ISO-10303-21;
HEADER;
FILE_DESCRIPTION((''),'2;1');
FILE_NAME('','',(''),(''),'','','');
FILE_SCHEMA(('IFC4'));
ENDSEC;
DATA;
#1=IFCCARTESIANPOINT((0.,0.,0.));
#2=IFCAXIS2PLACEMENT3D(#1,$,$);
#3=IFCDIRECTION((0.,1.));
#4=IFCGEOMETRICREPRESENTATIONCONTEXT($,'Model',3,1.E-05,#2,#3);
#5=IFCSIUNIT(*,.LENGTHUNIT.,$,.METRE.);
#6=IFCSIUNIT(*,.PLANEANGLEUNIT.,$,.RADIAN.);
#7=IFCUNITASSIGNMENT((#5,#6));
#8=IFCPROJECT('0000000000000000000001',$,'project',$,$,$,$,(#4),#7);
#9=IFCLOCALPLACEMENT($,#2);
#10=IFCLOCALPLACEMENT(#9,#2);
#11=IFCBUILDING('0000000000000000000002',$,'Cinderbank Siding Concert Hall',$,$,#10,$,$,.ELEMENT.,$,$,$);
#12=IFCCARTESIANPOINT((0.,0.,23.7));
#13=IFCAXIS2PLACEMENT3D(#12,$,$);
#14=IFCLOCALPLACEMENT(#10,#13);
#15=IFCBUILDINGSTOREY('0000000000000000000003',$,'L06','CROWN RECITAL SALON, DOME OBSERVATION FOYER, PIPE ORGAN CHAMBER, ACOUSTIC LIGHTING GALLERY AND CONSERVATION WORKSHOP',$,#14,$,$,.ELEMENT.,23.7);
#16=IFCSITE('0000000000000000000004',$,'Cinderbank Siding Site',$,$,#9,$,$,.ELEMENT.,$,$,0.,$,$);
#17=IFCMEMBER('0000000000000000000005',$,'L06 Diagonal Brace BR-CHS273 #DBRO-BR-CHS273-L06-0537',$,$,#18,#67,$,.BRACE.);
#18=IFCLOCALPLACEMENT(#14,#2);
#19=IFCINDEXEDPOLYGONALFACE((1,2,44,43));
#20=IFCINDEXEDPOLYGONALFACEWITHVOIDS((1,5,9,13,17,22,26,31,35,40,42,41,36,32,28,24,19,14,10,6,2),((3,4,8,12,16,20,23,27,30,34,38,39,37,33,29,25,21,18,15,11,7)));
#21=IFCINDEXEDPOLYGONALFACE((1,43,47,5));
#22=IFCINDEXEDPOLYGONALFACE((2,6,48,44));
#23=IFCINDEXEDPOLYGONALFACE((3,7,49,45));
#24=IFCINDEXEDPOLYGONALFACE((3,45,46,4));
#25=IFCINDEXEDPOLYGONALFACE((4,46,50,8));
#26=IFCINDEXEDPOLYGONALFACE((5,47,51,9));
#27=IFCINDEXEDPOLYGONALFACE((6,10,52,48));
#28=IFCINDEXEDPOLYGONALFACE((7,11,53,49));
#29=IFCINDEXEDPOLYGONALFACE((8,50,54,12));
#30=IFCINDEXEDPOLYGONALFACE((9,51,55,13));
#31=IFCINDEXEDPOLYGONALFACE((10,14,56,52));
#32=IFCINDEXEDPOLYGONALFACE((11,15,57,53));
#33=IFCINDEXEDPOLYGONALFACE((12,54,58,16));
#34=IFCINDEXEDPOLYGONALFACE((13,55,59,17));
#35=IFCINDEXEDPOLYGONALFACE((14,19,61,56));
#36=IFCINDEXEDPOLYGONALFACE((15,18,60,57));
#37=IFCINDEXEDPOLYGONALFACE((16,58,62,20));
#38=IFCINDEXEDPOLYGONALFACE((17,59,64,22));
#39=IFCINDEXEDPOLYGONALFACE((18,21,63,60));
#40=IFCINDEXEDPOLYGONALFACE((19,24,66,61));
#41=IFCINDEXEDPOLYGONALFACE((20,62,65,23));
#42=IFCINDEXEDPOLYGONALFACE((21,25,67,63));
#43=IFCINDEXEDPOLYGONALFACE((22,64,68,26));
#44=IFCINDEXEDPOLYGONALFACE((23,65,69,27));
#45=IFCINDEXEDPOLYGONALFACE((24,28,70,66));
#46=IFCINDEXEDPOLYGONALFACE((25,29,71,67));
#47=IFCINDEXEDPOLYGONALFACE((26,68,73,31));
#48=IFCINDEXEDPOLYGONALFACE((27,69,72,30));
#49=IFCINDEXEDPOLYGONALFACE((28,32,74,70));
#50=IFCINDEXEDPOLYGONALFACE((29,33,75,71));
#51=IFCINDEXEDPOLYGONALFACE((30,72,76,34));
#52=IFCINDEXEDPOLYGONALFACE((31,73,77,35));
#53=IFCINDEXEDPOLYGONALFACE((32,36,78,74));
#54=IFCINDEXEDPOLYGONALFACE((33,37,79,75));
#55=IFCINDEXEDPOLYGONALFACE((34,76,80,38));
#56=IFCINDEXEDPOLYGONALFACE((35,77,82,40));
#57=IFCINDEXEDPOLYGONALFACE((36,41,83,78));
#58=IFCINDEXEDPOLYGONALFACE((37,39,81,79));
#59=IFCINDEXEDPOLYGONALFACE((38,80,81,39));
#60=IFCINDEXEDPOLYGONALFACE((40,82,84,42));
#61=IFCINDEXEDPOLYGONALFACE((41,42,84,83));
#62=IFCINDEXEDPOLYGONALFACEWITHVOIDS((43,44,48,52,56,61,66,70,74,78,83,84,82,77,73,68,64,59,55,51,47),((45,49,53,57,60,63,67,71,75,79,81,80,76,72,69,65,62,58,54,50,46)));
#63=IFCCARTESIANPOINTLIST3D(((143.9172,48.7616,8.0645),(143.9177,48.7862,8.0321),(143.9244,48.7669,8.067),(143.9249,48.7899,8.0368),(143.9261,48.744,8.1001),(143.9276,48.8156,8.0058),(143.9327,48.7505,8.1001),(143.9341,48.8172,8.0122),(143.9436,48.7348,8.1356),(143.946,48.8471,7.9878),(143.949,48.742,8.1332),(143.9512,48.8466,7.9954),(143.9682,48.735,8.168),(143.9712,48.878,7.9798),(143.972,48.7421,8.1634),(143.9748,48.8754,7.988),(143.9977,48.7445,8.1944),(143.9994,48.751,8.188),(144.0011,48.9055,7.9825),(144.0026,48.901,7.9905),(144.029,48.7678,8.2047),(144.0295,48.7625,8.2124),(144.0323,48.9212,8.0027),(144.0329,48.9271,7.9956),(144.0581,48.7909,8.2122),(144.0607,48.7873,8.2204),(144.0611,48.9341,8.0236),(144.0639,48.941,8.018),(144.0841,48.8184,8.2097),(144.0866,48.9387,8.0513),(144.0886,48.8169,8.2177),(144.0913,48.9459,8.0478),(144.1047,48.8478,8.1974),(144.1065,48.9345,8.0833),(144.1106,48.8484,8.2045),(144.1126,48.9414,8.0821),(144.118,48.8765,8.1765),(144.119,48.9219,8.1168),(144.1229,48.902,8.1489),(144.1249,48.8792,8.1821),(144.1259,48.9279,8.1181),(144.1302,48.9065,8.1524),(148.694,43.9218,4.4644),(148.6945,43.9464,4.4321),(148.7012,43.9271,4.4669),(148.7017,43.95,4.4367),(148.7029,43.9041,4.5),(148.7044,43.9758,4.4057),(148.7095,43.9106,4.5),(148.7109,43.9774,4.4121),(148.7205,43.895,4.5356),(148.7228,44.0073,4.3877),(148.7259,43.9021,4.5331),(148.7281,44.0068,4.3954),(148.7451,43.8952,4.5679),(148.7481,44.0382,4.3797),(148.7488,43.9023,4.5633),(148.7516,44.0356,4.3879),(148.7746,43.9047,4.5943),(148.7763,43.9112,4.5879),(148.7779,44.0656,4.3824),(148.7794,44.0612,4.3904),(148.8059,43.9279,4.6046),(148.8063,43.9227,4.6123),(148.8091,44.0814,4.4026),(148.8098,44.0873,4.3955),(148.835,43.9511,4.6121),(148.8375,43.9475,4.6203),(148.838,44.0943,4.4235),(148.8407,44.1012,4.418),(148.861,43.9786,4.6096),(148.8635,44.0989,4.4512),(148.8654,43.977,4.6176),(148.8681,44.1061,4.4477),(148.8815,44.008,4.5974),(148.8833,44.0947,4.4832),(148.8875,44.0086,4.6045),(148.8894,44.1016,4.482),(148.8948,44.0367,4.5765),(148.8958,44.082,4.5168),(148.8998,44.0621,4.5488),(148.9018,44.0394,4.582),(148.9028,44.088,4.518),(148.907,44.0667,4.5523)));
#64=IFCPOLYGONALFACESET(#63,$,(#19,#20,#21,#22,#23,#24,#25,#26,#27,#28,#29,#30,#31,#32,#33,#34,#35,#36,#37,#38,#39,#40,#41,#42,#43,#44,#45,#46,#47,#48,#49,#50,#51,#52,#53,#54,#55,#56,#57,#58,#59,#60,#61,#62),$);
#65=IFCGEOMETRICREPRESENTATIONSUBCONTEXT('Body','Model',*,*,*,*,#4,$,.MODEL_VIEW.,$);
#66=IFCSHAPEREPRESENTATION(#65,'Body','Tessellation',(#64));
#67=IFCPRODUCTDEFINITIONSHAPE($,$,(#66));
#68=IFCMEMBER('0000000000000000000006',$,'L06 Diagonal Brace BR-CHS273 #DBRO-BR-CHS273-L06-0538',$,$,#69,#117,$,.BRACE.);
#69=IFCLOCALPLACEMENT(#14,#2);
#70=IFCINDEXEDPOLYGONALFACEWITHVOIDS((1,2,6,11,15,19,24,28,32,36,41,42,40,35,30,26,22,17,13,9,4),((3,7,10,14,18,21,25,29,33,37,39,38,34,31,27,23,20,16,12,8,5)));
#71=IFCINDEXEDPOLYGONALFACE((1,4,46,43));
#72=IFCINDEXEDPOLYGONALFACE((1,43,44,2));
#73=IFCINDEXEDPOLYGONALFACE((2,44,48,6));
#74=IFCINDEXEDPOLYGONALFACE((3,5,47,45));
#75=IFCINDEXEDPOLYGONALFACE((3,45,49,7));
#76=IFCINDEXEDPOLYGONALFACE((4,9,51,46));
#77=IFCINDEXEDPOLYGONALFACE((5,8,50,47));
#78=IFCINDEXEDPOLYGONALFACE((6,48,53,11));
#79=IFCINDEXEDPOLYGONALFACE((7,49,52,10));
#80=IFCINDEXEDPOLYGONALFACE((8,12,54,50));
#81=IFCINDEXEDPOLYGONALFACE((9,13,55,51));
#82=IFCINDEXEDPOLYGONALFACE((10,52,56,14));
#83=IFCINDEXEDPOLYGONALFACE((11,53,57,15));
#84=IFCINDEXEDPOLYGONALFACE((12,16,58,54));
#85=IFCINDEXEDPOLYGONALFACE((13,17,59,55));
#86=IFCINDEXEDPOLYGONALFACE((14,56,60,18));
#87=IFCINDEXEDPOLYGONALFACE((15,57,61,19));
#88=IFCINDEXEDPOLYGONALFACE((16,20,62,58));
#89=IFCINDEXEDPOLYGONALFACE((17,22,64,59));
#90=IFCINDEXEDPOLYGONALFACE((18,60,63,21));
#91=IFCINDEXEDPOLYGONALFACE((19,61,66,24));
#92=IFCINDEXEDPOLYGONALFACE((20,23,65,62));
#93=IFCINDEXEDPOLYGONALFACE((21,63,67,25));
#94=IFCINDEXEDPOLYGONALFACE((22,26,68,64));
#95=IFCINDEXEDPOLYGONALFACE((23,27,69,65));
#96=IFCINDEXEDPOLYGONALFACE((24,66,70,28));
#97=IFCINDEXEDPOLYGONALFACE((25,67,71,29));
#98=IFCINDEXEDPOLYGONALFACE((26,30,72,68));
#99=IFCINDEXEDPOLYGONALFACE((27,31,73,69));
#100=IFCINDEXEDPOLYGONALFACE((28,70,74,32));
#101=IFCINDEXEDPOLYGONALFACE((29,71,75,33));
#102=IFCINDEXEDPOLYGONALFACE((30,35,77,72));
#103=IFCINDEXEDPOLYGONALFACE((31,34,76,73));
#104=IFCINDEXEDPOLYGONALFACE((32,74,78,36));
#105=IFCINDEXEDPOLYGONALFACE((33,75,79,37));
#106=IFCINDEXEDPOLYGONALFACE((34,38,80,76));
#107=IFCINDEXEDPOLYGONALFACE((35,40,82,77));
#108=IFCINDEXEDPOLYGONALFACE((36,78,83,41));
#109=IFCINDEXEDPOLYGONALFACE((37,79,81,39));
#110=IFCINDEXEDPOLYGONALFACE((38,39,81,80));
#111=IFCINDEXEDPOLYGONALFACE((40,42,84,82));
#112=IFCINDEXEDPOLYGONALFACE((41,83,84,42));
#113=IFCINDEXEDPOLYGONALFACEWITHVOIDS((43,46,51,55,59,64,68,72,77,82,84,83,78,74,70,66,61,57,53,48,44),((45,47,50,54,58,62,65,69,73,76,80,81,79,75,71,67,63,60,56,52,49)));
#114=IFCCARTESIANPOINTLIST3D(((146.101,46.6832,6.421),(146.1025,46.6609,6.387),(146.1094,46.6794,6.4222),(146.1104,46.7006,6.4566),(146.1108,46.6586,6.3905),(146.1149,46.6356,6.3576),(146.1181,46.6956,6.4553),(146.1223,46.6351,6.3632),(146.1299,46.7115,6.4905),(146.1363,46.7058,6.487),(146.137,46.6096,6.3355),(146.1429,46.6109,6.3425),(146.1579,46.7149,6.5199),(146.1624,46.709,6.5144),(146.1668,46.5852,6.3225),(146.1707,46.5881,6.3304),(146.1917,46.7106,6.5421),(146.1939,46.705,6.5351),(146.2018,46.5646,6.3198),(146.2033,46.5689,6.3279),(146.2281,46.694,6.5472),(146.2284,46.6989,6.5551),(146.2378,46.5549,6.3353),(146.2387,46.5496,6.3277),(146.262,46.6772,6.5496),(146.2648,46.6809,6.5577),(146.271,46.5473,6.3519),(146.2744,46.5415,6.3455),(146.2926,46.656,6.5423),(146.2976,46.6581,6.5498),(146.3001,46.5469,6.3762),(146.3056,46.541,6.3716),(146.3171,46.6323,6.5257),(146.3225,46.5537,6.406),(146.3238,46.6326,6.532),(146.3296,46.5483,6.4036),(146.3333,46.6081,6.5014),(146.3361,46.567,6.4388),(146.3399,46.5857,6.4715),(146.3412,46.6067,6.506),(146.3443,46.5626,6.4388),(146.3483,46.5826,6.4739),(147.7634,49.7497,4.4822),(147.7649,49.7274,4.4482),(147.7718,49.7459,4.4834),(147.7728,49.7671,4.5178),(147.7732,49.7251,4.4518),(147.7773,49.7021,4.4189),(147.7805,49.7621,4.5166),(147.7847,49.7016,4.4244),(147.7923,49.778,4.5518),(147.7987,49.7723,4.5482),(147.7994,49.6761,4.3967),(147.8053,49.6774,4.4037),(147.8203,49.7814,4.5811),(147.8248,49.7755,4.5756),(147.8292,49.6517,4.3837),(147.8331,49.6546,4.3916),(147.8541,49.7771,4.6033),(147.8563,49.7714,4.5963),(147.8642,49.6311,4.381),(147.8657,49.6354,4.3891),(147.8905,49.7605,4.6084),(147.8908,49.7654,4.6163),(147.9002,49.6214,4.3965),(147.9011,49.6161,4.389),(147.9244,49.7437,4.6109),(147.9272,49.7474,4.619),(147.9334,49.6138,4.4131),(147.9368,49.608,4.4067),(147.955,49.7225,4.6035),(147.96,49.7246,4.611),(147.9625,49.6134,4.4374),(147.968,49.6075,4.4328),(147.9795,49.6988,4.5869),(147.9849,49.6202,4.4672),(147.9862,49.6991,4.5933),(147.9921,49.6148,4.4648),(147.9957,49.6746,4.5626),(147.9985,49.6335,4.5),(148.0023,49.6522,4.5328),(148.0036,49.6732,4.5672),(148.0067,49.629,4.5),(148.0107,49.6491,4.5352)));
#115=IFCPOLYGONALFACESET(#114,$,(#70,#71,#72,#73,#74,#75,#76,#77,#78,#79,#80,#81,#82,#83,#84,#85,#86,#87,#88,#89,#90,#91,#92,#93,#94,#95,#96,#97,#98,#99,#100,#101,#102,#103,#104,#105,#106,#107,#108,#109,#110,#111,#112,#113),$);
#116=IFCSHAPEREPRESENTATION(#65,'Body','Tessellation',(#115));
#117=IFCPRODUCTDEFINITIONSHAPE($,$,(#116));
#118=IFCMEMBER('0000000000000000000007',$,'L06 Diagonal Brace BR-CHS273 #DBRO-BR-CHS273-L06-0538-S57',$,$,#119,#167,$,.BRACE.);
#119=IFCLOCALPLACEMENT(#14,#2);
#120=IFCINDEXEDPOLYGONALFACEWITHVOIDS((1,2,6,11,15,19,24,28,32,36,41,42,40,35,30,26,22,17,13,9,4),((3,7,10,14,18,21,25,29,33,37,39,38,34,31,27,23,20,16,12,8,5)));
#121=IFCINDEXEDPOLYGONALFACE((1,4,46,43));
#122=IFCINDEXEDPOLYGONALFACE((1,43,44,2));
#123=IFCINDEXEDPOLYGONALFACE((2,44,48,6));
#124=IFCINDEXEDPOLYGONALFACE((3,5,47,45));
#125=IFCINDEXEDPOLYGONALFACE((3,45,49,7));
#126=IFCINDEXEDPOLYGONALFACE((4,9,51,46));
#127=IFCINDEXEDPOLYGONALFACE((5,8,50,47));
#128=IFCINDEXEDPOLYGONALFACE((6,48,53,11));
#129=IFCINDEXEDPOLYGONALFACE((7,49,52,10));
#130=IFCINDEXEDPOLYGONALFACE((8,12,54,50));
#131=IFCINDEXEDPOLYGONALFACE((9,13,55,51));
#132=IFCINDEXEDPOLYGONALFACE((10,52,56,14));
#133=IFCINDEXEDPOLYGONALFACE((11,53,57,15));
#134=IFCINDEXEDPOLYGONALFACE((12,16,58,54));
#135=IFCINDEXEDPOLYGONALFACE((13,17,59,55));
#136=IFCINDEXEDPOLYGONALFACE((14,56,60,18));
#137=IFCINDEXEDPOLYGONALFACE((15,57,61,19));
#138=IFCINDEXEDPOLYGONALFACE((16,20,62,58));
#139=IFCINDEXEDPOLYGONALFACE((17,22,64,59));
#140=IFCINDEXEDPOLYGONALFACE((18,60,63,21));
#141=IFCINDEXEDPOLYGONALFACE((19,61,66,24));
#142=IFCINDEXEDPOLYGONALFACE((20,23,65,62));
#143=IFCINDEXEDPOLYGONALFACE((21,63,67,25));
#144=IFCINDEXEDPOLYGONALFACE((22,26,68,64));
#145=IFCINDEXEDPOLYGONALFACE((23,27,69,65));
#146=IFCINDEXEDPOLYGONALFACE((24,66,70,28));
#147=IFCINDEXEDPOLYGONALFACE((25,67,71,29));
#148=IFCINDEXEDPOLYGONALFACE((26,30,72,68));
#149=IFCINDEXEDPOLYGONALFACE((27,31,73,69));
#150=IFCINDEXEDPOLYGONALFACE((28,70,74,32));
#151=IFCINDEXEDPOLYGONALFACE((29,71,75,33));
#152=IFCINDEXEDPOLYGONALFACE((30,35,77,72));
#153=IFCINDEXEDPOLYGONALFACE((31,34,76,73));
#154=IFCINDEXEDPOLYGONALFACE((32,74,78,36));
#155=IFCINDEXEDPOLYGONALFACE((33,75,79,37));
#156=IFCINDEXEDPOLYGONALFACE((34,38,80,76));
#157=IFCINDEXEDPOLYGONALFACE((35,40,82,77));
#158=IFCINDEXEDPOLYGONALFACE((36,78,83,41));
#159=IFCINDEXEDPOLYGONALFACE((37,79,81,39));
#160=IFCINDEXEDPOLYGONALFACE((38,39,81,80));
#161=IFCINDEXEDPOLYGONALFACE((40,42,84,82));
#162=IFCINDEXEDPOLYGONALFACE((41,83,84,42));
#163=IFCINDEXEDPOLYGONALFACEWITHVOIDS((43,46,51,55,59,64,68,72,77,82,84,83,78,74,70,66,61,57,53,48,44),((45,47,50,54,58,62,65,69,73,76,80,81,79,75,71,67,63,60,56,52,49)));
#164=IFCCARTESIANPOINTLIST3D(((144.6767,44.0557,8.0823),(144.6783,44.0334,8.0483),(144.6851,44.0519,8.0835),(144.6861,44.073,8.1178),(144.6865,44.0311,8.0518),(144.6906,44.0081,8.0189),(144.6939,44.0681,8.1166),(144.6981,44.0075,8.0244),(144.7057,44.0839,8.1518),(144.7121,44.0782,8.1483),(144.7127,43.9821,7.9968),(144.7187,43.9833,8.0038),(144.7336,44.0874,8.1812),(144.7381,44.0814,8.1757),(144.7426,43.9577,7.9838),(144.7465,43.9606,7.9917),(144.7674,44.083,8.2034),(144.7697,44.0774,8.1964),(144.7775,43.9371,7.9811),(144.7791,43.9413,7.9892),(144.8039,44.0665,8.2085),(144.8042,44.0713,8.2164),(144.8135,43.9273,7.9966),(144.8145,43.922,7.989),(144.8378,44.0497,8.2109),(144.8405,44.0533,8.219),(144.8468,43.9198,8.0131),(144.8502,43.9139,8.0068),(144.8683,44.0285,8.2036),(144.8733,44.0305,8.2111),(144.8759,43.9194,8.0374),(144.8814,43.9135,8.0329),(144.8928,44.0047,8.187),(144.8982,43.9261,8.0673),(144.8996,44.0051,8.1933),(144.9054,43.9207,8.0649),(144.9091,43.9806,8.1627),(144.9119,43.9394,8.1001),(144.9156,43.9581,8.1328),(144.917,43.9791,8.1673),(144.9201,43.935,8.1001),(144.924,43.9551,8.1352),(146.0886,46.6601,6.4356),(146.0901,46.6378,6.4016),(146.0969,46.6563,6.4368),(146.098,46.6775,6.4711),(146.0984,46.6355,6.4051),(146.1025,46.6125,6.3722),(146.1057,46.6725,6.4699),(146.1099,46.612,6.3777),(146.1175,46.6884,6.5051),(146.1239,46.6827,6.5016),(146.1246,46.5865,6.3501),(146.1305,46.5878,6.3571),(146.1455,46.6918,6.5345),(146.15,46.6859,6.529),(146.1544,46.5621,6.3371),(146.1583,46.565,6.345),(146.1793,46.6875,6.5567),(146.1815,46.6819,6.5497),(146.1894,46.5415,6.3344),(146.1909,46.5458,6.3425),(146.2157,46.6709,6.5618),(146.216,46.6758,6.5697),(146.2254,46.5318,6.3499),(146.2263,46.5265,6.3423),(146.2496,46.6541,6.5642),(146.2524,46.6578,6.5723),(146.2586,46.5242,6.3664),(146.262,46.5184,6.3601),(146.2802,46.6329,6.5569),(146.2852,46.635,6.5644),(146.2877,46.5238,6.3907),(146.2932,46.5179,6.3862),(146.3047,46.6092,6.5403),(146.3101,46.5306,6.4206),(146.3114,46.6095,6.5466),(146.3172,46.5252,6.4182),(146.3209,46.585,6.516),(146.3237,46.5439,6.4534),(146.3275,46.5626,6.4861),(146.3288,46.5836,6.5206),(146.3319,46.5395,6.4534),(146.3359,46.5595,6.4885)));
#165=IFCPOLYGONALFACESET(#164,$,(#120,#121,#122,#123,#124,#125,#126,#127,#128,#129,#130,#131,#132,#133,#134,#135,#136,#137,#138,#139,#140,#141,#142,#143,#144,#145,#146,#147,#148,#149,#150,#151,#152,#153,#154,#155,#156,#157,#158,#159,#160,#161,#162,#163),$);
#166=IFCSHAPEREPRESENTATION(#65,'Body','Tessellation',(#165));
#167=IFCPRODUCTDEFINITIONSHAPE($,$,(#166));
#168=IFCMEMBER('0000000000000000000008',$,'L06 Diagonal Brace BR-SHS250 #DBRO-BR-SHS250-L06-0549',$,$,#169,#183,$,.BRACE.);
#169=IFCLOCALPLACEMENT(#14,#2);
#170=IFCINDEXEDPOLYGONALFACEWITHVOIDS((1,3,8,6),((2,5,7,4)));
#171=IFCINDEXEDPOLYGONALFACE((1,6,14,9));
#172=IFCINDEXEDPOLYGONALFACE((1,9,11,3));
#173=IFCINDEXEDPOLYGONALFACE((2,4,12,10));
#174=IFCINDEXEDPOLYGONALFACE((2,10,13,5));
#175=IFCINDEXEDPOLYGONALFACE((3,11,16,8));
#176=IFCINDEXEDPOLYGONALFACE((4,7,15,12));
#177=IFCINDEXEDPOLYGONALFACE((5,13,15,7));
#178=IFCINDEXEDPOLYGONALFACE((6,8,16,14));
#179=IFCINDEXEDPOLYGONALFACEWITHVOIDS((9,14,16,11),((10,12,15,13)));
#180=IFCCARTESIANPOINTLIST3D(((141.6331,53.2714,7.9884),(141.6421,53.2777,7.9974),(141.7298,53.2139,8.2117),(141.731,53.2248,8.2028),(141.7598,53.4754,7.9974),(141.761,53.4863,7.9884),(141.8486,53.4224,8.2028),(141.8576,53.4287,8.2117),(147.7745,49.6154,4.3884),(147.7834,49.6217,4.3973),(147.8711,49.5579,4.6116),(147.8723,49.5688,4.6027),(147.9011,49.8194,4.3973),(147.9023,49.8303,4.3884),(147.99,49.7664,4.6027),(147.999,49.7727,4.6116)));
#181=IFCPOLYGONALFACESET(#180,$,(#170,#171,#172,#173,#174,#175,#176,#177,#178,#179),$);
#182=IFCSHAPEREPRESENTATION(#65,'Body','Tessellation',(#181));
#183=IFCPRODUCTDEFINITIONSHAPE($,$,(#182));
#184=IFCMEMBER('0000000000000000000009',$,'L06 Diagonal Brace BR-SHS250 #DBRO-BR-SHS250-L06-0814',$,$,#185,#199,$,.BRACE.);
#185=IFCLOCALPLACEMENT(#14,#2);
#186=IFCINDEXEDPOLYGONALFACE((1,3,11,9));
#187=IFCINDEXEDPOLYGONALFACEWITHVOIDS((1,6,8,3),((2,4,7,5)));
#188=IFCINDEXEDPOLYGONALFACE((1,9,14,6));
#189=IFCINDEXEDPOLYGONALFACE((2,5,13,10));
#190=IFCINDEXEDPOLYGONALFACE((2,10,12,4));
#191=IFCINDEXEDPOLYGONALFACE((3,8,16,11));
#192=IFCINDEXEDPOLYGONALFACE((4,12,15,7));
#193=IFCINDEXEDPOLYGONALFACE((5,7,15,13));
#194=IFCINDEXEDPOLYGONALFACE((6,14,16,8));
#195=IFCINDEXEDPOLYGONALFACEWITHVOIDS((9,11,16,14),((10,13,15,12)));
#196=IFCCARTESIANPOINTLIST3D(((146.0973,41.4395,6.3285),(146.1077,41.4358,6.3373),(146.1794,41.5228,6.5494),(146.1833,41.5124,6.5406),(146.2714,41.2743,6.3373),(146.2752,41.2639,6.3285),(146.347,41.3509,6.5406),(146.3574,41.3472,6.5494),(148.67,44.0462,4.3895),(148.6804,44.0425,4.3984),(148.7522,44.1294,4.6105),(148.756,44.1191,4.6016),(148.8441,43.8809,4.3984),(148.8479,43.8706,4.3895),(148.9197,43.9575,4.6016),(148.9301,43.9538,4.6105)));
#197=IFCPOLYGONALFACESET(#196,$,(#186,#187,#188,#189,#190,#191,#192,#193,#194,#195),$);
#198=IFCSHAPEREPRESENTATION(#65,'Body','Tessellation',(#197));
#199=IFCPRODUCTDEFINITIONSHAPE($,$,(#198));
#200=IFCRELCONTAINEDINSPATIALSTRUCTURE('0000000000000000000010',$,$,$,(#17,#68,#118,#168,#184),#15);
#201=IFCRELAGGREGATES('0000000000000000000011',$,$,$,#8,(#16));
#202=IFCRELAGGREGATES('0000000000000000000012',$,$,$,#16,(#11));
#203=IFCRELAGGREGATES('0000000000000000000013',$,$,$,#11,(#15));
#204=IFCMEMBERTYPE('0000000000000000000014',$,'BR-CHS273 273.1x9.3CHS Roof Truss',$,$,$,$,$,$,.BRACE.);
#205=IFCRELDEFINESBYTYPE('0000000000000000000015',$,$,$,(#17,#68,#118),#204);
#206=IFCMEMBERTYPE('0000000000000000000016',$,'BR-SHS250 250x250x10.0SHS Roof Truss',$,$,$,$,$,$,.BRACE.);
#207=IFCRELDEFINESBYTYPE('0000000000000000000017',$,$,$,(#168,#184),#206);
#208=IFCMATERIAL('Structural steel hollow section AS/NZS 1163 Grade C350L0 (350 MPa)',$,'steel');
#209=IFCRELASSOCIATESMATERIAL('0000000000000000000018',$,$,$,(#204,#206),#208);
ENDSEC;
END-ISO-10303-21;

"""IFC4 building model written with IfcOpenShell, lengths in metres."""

from ifc_helpers import new_model, si_unit, direction, frame, origin, origin_2d, place, context, subcontext, project, spatial, hollow_rectangle, hollow_circle, extrude, material, material_profile, profile_set, type_object, element, save


model = new_model("IFC4")

# Units and contexts
model_context = context("Model", 3, precision=1e-05, world=origin(), true_north=direction((0.0, 1.0)))
body_context = subcontext(model_context, "Body", "Model", "MODEL_VIEW")
ifc_project = project(units=[si_unit("LENGTHUNIT", "METRE"), si_unit("PLANEANGLEUNIT", "RADIAN")], contexts=[model_context])

# Site, building, storey
site_placement = place(None, origin())
site = spatial("IfcSite", under=ifc_project, at=site_placement, Name="Cinderbank Siding Site", CompositionType="ELEMENT", RefElevation=0.0)
building_placement = place(site_placement, origin())
building = spatial("IfcBuilding", under=site, at=building_placement, Name="Cinderbank Siding Concert Hall", CompositionType="ELEMENT")
storey_placement = place(building_placement, frame((0.0, 0.0, 23.7)))
storey = spatial("IfcBuildingStorey", under=building, at=storey_placement, Name="L06", Description="CROWN RECITAL SALON, DOME OBSERVATION FOYER, PIPE ORGAN CHAMBER, ACOUSTIC LIGHTING GALLERY AND CONSERVATION WORKSHOP", CompositionType="ELEMENT", Elevation=23.7)

# Members
ifc_material_1 = material(Name="Structural steel hollow section AS/NZS 1163 Grade C350L0 (350 MPa)", Category="steel")
ifc_material_profile_1 = material_profile(ifc_material_1, hollow_circle(Radius=0.1365, WallThickness=0.0093, at=origin_2d()), Name="273.1x9.3CHS", Category="LoadBearing")
ifc_profile_set_1 = profile_set([ifc_material_profile_1], Name="Structural steel hollow section AS/NZS 1163 Grade C350L0 (350 MPa)")
member_type_1 = type_object("IfcMemberType", Name="BR-CHS273 273.1x9.3CHS Roof Truss", PredefinedType="BRACE", material=ifc_profile_set_1)
member_1_placement = place(storey_placement, frame((148.8, 44.0, 4.5), z_axis=(-0.620826, 0.629012, 0.467888), x_axis=(-0.711723, -0.70246, 0.0)))
element("IfcMember", 1, at=member_1_placement, inside=storey, type_object=member_type_1, Name="L06 Diagonal Brace BR-CHS273 #DBRO-BR-CHS273-L06-0537", PredefinedType="BRACE", context=body_context, shape_type="SweptSolid", body=[
    extrude(hollow_circle(Radius=0.1365, WallThickness=0.0093, at=origin_2d()), origin(), (0.0, 0.0, 1.0), 7.6943),
])
member_2_placement = place(storey_placement, frame((147.8867, 49.6941, 4.5), z_axis=(-0.416567, -0.768407, 0.485822), x_axis=(0.879126, -0.47659, 0.0)))
element("IfcMember", 2, at=member_2_placement, inside=storey, type_object=member_type_1, Name="L06 Diagonal Brace BR-CHS273 #DBRO-BR-CHS273-L06-0538", PredefinedType="BRACE", context=body_context, shape_type="SweptSolid", body=[
    extrude(hollow_circle(Radius=0.1365, WallThickness=0.0093, at=origin_2d()), origin(), (0.0, 0.0, 1.0), 3.9907),
])
member_3_placement = place(storey_placement, frame((146.2119, 46.6045, 6.4534), z_axis=(-0.416545, -0.768409, 0.485838), x_axis=(0.879137, -0.47657, 0.0)))
element("IfcMember", 3, at=member_3_placement, inside=storey, type_object=member_type_1, Name="L06 Diagonal Brace BR-CHS273 #DBRO-BR-CHS273-L06-0538-S57", PredefinedType="BRACE", context=body_context, shape_type="SweptSolid", body=[
    extrude(hollow_circle(Radius=0.1365, WallThickness=0.0093, at=origin_2d()), origin(), (0.0, 0.0, 1.0), 3.3894),
])
ifc_material_profile_2 = material_profile(ifc_material_1, hollow_rectangle(XDim=0.25, YDim=0.25, WallThickness=0.01, at=origin_2d()), Name="250x250x10.0SHS", Category="LoadBearing")
ifc_profile_set_2 = profile_set([ifc_material_profile_2], Name="Structural steel hollow section AS/NZS 1163 Grade C350L0 (350 MPa)")
member_type_2 = type_object("IfcMemberType", Name="BR-SHS250 250x250x10.0SHS Roof Truss", PredefinedType="BRACE", material=ifc_profile_set_2)
member_4_placement = place(storey_placement, frame((147.8867, 49.6941, 4.5), z_axis=(-0.76741, 0.456846, 0.44986), x_axis=(-0.511529, -0.859266, 0.0)))
element("IfcMember", 4, at=member_4_placement, inside=storey, type_object=member_type_2, Name="L06 Diagonal Brace BR-SHS250 #DBRO-BR-SHS250-L06-0549", PredefinedType="BRACE", context=body_context, shape_type="SweptSolid", body=[
    extrude(hollow_rectangle(XDim=0.25, YDim=0.25, WallThickness=0.01, at=origin_2d()), origin(), (0.0, 0.0, 1.0), 8.0027),
])
member_5_placement = place(storey_placement, frame((148.8, 44.0, 4.5), z_axis=(-0.620825, -0.629014, 0.467887), x_axis=(0.711724, -0.702459, 0.0)))
element("IfcMember", 5, at=member_5_placement, inside=storey, type_object=member_type_2, Name="L06 Diagonal Brace BR-SHS250 #DBRO-BR-SHS250-L06-0814", PredefinedType="BRACE", context=body_context, shape_type="SweptSolid", body=[
    extrude(hollow_rectangle(XDim=0.25, YDim=0.25, WallThickness=0.01, at=origin_2d()), origin(), (0.0, 0.0, 1.0), 4.144),
])

save(model, "model.ifc")
